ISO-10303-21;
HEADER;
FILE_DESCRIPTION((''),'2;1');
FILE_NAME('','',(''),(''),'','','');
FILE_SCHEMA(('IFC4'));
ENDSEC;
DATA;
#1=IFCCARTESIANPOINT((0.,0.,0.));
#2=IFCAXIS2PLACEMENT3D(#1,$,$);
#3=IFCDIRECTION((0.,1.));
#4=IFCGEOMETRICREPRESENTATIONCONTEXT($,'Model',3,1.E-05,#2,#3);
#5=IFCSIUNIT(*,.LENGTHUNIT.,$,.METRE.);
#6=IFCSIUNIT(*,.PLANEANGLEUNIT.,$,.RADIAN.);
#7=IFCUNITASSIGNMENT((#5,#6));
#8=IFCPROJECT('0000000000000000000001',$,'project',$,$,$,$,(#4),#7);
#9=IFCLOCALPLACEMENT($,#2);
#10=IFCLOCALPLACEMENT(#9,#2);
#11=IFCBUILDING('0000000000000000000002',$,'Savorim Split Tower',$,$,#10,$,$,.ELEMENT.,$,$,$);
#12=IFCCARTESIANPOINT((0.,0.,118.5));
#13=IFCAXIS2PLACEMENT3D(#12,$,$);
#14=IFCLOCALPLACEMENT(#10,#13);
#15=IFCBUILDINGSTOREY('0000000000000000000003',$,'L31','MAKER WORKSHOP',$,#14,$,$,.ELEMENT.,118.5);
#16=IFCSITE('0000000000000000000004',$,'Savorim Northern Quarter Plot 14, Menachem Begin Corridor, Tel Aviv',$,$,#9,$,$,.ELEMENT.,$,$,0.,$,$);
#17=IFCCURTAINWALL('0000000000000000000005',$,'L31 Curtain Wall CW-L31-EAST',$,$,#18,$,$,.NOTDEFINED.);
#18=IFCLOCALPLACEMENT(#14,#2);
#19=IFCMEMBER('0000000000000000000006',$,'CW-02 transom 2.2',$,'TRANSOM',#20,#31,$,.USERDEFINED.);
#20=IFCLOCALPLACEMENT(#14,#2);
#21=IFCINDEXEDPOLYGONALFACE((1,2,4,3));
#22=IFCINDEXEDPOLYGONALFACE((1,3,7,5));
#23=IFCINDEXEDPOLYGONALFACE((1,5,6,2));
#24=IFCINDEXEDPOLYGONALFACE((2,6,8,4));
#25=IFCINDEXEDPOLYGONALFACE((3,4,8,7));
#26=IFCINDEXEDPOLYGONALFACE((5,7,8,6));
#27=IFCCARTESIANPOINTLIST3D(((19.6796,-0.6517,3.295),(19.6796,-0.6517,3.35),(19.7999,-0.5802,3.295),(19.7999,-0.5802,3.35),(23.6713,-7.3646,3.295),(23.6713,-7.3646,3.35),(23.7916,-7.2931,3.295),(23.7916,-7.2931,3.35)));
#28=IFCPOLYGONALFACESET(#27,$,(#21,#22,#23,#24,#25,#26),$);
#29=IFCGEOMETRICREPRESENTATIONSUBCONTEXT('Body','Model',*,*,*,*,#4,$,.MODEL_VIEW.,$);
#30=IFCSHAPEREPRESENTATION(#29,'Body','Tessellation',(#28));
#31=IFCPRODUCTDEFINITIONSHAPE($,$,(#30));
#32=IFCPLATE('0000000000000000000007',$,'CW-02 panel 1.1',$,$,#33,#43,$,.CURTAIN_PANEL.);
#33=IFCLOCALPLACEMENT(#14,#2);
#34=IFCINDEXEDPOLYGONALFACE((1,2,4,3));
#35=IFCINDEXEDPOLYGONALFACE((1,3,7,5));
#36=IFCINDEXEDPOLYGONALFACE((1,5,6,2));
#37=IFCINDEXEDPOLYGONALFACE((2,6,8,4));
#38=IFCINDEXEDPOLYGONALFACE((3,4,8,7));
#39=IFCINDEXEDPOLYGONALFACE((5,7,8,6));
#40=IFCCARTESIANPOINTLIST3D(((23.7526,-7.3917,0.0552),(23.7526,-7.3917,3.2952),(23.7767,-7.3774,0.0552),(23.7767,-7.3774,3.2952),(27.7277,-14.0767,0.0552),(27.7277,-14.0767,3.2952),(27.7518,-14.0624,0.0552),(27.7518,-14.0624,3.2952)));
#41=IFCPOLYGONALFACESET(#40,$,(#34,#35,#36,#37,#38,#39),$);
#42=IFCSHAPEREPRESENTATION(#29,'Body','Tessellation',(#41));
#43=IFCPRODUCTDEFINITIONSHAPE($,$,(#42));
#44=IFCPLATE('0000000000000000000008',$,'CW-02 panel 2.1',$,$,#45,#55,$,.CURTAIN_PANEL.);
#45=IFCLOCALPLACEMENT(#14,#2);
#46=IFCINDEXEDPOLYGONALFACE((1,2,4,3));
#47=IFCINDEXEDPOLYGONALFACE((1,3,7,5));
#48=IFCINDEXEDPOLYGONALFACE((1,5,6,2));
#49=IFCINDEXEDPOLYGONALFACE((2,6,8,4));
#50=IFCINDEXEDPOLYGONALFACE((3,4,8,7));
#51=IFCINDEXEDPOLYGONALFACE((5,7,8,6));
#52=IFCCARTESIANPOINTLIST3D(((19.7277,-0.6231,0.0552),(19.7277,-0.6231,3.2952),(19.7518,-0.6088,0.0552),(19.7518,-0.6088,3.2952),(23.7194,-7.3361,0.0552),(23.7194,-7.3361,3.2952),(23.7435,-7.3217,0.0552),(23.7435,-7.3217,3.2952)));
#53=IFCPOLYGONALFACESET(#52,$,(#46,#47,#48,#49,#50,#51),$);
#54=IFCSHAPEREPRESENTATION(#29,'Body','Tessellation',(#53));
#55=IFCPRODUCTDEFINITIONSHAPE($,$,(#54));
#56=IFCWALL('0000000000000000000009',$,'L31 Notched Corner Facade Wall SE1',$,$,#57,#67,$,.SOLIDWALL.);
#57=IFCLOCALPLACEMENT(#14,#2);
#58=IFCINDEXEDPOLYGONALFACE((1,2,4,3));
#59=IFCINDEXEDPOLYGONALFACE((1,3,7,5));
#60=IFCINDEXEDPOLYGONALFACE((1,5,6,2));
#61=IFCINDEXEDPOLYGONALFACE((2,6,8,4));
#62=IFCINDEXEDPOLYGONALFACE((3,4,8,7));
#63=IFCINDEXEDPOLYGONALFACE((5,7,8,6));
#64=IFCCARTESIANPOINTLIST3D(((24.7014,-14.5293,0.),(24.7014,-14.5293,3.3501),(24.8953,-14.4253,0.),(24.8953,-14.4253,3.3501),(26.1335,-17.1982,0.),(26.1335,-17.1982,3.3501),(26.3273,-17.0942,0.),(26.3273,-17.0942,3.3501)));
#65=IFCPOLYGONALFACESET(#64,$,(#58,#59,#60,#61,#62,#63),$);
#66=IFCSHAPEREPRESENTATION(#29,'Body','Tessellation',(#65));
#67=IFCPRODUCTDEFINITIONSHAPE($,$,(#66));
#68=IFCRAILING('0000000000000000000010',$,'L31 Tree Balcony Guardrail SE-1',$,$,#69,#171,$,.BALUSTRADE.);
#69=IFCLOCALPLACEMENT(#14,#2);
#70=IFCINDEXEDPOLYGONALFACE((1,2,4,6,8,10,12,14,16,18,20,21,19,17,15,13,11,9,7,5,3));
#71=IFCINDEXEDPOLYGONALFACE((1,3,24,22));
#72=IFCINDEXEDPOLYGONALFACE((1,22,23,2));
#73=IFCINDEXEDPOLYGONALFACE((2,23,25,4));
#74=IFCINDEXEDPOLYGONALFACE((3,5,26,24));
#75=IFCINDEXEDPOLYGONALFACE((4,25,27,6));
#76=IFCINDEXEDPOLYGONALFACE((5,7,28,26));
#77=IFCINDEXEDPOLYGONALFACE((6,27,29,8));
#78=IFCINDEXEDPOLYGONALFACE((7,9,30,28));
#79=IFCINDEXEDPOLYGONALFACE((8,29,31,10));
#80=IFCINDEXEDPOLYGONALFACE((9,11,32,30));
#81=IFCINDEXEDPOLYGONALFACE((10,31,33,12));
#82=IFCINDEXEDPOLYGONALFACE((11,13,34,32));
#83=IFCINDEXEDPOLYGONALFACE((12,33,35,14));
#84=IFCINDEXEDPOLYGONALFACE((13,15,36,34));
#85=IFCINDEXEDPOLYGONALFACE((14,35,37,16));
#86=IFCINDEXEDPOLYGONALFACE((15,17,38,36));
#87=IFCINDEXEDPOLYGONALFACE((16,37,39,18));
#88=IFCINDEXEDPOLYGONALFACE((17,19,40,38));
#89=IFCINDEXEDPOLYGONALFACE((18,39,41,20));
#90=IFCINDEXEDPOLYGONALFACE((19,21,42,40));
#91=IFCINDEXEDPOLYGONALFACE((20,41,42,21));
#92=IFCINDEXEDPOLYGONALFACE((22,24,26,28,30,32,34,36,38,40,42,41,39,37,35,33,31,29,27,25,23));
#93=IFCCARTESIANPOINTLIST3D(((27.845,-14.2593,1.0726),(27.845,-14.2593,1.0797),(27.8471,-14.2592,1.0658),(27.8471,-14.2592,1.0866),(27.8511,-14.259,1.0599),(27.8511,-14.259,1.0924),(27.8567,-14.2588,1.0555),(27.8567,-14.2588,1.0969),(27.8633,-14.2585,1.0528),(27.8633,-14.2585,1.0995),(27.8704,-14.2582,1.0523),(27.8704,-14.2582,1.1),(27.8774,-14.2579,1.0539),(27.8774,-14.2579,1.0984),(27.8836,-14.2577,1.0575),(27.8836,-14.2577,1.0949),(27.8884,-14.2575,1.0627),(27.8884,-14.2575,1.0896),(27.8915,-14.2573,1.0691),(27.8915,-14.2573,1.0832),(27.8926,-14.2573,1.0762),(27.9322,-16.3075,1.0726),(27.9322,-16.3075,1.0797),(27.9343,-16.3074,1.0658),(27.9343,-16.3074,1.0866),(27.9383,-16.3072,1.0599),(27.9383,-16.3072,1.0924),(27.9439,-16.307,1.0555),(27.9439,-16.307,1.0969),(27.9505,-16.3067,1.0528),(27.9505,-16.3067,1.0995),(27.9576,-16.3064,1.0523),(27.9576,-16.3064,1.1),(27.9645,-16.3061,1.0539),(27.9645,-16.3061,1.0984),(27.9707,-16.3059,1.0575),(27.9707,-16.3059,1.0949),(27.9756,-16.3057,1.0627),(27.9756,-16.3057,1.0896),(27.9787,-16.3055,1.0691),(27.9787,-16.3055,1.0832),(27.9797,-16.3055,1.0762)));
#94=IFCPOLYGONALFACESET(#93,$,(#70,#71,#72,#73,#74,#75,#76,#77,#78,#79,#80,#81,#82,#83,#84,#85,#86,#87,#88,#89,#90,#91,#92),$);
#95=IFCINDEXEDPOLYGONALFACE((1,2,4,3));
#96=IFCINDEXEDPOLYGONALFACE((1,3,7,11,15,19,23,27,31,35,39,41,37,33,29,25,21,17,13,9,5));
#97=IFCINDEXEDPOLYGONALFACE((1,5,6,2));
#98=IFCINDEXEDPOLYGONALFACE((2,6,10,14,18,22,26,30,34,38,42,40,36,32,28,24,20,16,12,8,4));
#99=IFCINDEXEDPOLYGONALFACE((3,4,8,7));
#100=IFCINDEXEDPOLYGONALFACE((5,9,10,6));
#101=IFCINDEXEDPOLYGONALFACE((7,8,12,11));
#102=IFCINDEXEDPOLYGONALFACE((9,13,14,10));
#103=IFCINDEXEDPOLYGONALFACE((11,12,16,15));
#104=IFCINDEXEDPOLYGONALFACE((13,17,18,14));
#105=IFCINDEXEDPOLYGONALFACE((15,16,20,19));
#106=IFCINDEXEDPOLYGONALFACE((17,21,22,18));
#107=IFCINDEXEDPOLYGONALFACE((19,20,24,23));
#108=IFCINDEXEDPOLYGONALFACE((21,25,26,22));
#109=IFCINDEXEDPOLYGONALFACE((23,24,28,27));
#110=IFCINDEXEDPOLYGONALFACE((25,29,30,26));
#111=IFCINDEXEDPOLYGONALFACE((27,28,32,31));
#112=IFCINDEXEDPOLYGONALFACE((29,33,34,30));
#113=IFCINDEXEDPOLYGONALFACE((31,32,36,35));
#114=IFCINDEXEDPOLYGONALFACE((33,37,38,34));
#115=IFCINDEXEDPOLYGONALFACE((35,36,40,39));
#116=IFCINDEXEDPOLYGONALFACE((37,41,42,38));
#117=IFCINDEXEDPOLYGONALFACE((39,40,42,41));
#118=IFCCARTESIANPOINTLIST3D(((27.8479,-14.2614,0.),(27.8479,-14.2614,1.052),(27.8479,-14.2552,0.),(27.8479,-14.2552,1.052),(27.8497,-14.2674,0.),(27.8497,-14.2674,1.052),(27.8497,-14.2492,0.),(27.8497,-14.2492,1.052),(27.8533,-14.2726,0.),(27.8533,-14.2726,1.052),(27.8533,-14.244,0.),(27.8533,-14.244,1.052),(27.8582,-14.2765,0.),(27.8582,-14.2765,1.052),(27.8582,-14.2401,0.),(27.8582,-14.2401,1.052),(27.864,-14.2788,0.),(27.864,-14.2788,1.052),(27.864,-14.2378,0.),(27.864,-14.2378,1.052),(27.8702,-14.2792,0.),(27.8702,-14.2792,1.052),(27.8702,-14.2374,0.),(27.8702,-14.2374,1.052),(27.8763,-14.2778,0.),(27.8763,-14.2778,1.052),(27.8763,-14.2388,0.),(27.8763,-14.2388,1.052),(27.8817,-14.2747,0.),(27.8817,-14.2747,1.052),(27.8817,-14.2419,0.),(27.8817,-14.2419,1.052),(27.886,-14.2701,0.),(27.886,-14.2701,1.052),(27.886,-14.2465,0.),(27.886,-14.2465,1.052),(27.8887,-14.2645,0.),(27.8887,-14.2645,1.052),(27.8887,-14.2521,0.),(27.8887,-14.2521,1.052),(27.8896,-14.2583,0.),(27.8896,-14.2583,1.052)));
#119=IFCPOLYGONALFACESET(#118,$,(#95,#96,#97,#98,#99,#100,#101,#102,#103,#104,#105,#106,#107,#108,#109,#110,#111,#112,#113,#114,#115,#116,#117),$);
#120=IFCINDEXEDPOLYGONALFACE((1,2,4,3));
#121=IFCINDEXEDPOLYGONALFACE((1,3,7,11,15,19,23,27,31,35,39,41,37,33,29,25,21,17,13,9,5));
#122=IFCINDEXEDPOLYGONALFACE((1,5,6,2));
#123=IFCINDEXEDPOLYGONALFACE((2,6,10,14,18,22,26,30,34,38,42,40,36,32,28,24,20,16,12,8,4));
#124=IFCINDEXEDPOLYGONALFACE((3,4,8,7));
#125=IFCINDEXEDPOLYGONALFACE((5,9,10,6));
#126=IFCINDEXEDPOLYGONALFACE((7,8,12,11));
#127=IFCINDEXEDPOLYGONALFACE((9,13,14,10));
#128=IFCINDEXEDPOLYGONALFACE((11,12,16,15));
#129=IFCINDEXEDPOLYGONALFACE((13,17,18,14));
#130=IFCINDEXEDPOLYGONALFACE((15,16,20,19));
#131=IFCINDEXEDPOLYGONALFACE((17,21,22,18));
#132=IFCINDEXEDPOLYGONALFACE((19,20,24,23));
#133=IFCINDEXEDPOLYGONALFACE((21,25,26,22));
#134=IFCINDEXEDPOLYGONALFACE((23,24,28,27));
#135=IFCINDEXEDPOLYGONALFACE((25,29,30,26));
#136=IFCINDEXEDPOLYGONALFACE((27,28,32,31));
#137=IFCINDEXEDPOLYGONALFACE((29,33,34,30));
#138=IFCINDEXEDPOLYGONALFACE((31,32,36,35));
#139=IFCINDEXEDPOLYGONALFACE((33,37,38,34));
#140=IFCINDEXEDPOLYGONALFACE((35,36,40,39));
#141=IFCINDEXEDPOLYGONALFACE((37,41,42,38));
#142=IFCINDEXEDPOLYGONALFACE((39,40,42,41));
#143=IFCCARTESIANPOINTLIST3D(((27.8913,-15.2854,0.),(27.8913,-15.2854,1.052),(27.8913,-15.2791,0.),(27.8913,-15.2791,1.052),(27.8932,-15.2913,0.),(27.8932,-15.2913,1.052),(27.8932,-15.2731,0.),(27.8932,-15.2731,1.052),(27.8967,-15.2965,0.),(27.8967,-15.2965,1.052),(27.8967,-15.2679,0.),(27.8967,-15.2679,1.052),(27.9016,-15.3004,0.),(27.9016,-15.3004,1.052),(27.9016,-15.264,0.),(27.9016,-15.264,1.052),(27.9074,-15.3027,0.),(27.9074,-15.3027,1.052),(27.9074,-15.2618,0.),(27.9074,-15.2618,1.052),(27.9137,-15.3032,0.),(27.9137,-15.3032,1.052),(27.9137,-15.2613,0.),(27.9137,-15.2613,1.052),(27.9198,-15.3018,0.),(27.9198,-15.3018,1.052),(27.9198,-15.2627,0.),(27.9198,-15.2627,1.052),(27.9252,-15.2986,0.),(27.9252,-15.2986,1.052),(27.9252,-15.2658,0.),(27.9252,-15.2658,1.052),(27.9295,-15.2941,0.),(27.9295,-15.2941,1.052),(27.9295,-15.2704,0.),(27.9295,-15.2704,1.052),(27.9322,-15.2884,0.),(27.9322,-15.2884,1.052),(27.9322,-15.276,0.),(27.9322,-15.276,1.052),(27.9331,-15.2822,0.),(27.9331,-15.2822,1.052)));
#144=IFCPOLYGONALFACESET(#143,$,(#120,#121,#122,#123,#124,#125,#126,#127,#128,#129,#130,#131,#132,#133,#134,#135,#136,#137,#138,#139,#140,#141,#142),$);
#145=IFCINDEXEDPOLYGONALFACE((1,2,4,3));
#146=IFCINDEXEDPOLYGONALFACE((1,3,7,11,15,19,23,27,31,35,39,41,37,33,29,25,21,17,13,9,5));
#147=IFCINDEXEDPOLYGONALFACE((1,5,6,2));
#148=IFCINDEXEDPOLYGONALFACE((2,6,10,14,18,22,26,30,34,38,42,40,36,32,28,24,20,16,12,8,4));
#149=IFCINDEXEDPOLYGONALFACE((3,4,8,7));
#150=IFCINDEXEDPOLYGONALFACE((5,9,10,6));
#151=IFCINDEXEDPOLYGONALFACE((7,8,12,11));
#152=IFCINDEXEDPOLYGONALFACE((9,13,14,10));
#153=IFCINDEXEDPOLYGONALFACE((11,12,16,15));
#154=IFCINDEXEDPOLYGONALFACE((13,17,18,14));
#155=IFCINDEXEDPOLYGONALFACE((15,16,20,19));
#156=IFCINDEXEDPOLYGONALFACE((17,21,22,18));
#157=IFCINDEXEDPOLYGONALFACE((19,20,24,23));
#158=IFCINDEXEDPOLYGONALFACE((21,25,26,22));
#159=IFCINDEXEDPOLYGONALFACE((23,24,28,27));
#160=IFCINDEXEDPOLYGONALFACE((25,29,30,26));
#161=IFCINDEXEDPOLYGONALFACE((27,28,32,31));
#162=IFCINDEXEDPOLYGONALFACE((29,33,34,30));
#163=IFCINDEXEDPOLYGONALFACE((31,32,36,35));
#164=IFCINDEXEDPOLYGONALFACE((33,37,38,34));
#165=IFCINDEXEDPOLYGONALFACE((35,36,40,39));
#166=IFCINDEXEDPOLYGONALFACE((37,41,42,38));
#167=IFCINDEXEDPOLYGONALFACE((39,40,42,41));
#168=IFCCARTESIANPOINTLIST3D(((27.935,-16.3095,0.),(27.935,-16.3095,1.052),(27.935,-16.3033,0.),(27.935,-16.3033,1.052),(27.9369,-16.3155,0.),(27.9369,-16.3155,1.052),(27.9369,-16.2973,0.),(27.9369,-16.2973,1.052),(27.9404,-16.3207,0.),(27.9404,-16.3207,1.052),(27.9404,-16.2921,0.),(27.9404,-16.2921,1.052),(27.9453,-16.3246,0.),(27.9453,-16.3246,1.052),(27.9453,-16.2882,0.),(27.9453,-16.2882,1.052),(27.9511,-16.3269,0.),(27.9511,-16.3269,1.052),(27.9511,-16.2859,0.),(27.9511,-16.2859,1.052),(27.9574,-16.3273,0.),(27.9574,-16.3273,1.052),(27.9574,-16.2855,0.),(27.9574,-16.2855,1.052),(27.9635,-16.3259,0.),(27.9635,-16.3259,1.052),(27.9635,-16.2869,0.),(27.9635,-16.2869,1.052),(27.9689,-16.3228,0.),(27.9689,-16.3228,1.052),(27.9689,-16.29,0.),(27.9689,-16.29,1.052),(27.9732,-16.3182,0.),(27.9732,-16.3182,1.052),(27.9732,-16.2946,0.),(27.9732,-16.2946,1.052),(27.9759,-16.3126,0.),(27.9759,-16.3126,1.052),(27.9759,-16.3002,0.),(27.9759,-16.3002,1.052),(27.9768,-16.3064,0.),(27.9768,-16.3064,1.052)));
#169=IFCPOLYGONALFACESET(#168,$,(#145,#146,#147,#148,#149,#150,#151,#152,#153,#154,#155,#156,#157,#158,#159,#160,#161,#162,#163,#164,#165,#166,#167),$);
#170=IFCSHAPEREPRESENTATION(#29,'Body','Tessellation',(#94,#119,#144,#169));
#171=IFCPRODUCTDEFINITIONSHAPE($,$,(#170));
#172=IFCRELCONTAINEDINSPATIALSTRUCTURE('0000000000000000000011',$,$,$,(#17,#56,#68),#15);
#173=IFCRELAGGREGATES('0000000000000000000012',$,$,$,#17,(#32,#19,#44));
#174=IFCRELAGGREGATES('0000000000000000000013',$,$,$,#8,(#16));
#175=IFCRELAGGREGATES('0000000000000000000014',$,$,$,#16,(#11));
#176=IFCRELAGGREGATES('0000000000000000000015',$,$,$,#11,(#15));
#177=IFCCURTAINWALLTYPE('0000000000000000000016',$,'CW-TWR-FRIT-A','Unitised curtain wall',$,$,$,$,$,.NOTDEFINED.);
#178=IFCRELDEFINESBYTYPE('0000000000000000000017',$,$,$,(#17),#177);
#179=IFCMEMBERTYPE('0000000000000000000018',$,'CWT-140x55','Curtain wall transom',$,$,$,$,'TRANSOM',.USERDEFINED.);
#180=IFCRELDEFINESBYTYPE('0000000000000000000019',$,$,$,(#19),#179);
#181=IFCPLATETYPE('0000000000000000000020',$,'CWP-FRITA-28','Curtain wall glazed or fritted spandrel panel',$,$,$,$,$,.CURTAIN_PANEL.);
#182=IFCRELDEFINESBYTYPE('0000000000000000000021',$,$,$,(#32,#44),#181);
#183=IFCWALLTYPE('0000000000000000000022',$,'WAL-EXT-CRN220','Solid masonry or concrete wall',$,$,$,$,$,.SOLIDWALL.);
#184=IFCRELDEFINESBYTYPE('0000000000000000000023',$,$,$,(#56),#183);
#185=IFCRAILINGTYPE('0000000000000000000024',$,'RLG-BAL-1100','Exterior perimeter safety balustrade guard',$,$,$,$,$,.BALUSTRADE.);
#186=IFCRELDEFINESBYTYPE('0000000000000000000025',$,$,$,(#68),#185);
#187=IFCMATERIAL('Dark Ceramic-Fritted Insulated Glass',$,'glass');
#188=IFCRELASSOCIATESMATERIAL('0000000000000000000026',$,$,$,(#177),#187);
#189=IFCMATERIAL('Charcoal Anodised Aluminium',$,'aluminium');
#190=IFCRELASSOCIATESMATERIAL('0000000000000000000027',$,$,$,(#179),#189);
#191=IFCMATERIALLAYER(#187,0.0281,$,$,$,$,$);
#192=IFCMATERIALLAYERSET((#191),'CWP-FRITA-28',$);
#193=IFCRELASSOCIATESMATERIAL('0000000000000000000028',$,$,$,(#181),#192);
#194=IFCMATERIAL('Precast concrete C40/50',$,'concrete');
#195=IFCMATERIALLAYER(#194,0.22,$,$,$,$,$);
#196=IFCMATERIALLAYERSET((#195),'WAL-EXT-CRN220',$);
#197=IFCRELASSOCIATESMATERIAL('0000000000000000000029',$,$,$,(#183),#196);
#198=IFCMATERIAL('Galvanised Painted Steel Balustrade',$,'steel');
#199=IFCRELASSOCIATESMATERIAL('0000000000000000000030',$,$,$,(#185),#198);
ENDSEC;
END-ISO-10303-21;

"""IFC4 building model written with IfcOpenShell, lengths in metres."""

from ifc_helpers import new_model, si_unit, direction, frame, frame_2d, origin, origin_2d, place, context, subcontext, project, spatial, rectangle, circle, extrude, material, layer, layer_set, material_profile, profile_set, type_object, element, aggregate, save


model = new_model("IFC4")

# Units and contexts
model_context = context("Model", 3, precision=1e-05, world=origin(), true_north=direction((0.0, 1.0)))
body_context = subcontext(model_context, "Body", "Model", "MODEL_VIEW")
ifc_project = project(units=[si_unit("LENGTHUNIT", "METRE"), si_unit("PLANEANGLEUNIT", "RADIAN")], contexts=[model_context])

# Site, building, storey
site_placement = place(None, origin())
site = spatial("IfcSite", under=ifc_project, at=site_placement, Name="Savorim Northern Quarter Plot 14, Menachem Begin Corridor, Tel Aviv", CompositionType="ELEMENT", RefElevation=0.0)
building_placement = place(site_placement, origin())
building = spatial("IfcBuilding", under=site, at=building_placement, Name="Savorim Split Tower", CompositionType="ELEMENT")
storey_placement = place(building_placement, frame((0.0, 0.0, 118.5)))
storey = spatial("IfcBuildingStorey", under=building, at=storey_placement, Name="L31", Description="MAKER WORKSHOP", CompositionType="ELEMENT", Elevation=118.5)

# Shared definitions
ifc_material_1 = material(Name="Dark Ceramic-Fritted Insulated Glass", Category="glass")
curtain_wall_type = type_object("IfcCurtainWallType", Name="CW-TWR-FRIT-A", Description="Unitised curtain wall", PredefinedType="NOTDEFINED", material=ifc_material_1)
ifc_material_2 = material(Name="Charcoal Anodised Aluminium", Category="aluminium")

# Curtain wall, member, plates
curtain_wall_1_placement = place(storey_placement, origin())
curtain_wall_1 = element("IfcCurtainWall", 1, at=curtain_wall_1_placement, inside=storey, type_object=curtain_wall_type, Name="L31 Curtain Wall CW-L31-EAST", PredefinedType="NOTDEFINED")
ifc_material_profile_1 = material_profile(ifc_material_2, rectangle(XDim=0.1399, YDim=0.0549, at=origin_2d()), Name="ALU-T 140x55")
ifc_profile_set_1 = profile_set([ifc_material_profile_1], Name="Charcoal Anodised Aluminium")
member_type_1 = type_object("IfcMemberType", Name="CWT-140x55", Description="Curtain wall transom", ElementType="TRANSOM", PredefinedType="USERDEFINED", material=ifc_profile_set_1)
member_1_placement = place(storey_placement, frame((23.7314, -7.3289, 3.3225), z_axis=(-0.511099, 0.859522, 0.0), x_axis=(-0.859522, -0.511099, 0.0)))
member_1 = element("IfcMember", 2, at=member_1_placement, type_object=member_type_1, Name="CW-02 transom 2.2", ObjectType="TRANSOM", PredefinedType="USERDEFINED", context=body_context, shape_type="SweptSolid", body=[
    extrude(rectangle(XDim=0.1399, YDim=0.0549, at=origin_2d()), origin(), (0.0, 0.0, 1.0), 7.8101),
])
ifc_layer_1 = layer(ifc_material_1, 0.0281)
ifc_layer_set_1 = layer_set([ifc_layer_1], Name="CWP-FRITA-28")
plate_type = type_object("IfcPlateType", Name="CWP-FRITA-28", Description="Curtain wall glazed or fritted spandrel panel", PredefinedType="CURTAIN_PANEL", material=ifc_layer_set_1)
plate_1_placement = place(storey_placement, frame((25.7522, -10.7271, 0.0552), z_axis=(0.0, 0.0, 1.0), x_axis=(-0.511093, 0.859525, 0.0)))
plate_1 = element("IfcPlate", 3, at=plate_1_placement, type_object=plate_type, Name="CW-02 panel 1.1", PredefinedType="CURTAIN_PANEL", context=body_context, shape_type="SweptSolid", body=[
    extrude(rectangle(XDim=7.7776, YDim=0.0281, at=origin_2d()), origin(), (0.0, 0.0, 1.0), 3.24),
])
plate_2_placement = place(storey_placement, frame((21.7356, -3.9724, 0.0552), z_axis=(0.0, 0.0, 1.0), x_axis=(-0.511093, 0.859525, 0.0)))
plate_2 = element("IfcPlate", 4, at=plate_2_placement, type_object=plate_type, Name="CW-02 panel 2.1", PredefinedType="CURTAIN_PANEL", context=body_context, shape_type="SweptSolid", body=[
    extrude(rectangle(XDim=7.8101, YDim=0.0281, at=origin_2d()), origin(), (0.0, 0.0, 1.0), 3.24),
])
aggregate(curtain_wall_1, [plate_1, member_1, plate_2])

# Wall
ifc_material_3 = material(Name="Precast concrete C40/50", Category="concrete")
ifc_layer_2 = layer(ifc_material_3, 0.22)
ifc_layer_set_2 = layer_set([ifc_layer_2], Name="WAL-EXT-CRN220")
wall_type = type_object("IfcWallType", Name="WAL-EXT-CRN220", Description="Solid masonry or concrete wall", PredefinedType="SOLIDWALL", material=ifc_layer_set_2)
wall_1_placement = place(storey_placement, frame((24.7983, -14.4773, 0.0), z_axis=(0.0, 0.0, 1.0), x_axis=(0.472821, -0.881159, 0.0)))
element("IfcWall", 5, at=wall_1_placement, inside=storey, type_object=wall_type, Name="L31 Notched Corner Facade Wall SE1", PredefinedType="SOLIDWALL", context=body_context, shape_type="SweptSolid", body=[
    extrude(rectangle(XDim=3.0288, YDim=0.22, at=frame_2d((1.5144, 0.0))), origin(), (0.0, 0.0, 1.0), 3.3501),
])

# Railing
ifc_material_4 = material(Name="Galvanised Painted Steel Balustrade", Category="steel")
railing_type = type_object("IfcRailingType", Name="RLG-BAL-1100", Description="Exterior perimeter safety balustrade guard", PredefinedType="BALUSTRADE", material=ifc_material_4)
railing_1_placement = place(storey_placement, frame((27.8687, -14.2583, 0.0)))
element("IfcRailing", 6, at=railing_1_placement, inside=storey, type_object=railing_type, Name="L31 Tree Balcony Guardrail SE-1", PredefinedType="BALUSTRADE", context=body_context, shape_type="SweptSolid", body=[
    extrude(circle(Radius=0.0239, at=origin_2d()), frame((0.0, 0.0, 1.0762), z_axis=(0.042517, -0.999096, 0.0), x_axis=(0.999096, 0.042517, 0.0)), (0.0, 0.0, 1.0), 2.05),
    extrude(circle(Radius=0.021, at=origin_2d()), origin(), (0.0, 0.0, 1.0), 1.052),
    extrude(circle(Radius=0.021, at=origin_2d()), frame((0.0435, -1.0239, 0.0)), (0.0, 0.0, 1.0), 1.052),
    extrude(circle(Radius=0.021, at=origin_2d()), frame((0.0872, -2.0481, 0.0)), (0.0, 0.0, 1.0), 1.052),
])

save(model, "model.ifc")
